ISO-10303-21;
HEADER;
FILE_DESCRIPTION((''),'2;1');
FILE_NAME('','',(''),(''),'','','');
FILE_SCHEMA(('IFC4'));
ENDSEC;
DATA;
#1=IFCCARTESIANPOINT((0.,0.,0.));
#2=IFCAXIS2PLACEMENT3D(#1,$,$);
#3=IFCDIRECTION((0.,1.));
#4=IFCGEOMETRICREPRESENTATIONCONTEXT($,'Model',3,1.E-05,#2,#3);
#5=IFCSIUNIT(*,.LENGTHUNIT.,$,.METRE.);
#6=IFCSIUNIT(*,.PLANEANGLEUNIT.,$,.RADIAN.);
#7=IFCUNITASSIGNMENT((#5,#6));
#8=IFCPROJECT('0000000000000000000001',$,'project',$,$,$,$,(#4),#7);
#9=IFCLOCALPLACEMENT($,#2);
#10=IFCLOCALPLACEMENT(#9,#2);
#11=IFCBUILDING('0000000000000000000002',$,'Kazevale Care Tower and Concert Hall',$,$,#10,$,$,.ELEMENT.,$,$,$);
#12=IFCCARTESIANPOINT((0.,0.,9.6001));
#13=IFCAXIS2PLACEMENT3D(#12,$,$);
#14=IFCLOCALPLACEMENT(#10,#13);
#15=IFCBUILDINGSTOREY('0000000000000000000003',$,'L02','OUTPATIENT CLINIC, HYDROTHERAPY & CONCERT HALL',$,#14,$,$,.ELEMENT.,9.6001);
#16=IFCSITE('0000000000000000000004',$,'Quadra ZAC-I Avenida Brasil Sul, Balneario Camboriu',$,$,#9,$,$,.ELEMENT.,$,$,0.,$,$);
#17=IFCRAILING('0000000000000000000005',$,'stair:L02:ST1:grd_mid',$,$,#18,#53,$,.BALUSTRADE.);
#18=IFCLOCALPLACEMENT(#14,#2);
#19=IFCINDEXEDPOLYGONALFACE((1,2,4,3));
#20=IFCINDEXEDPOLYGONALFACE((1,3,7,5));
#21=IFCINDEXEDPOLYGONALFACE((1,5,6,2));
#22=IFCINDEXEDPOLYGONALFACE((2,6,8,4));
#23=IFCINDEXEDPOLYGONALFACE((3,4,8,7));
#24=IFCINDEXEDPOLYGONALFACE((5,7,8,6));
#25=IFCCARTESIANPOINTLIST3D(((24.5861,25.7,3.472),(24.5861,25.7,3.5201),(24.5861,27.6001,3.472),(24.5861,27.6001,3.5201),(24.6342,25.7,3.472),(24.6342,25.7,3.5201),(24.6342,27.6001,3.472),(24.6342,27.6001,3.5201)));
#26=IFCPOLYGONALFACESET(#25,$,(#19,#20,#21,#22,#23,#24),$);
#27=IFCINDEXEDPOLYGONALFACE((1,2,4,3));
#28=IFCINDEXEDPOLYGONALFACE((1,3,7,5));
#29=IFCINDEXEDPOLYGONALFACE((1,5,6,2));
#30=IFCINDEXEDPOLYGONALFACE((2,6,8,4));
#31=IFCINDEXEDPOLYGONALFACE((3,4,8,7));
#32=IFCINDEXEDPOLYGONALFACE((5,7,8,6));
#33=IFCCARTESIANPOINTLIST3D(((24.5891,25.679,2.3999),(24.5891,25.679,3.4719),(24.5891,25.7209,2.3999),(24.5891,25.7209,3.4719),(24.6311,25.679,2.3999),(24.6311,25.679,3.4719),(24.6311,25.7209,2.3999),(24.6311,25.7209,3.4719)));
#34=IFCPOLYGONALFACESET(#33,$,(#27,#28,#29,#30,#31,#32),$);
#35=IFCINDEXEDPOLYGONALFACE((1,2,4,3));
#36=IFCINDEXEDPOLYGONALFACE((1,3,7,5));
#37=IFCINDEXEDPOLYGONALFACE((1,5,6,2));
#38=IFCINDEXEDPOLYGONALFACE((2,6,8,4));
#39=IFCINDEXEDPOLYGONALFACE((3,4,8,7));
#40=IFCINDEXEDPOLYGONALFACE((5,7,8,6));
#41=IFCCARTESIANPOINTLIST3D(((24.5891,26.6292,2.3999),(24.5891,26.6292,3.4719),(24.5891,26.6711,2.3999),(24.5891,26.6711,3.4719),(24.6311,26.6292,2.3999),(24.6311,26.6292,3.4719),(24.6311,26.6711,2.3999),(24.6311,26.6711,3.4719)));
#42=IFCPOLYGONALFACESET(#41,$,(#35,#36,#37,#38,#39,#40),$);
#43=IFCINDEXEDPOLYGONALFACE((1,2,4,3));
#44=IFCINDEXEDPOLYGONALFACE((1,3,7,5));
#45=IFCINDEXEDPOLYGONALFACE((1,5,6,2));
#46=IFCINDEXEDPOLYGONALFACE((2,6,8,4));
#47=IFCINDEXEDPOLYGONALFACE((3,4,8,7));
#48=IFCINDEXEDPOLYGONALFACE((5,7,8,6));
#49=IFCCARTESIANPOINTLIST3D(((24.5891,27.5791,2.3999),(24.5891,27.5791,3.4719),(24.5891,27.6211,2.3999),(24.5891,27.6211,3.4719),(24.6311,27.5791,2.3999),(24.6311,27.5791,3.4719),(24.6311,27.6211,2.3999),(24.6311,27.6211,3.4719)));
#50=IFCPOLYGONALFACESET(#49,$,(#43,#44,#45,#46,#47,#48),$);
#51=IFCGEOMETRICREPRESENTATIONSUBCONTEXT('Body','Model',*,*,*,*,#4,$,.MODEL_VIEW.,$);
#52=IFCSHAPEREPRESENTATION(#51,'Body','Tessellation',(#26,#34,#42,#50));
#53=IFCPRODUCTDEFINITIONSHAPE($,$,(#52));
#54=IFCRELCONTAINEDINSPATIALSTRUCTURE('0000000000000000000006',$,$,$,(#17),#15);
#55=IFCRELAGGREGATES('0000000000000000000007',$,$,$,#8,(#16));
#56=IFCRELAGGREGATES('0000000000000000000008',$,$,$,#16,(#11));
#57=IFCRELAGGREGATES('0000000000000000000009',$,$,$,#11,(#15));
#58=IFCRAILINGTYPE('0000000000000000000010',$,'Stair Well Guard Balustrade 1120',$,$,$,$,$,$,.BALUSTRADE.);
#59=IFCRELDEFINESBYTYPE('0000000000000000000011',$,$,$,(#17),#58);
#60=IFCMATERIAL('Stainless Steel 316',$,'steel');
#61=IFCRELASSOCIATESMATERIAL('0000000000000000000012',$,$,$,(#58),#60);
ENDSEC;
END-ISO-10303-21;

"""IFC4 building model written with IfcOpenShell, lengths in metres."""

from ifc_helpers import new_model, si_unit, direction, frame, origin, origin_2d, place, context, subcontext, project, spatial, rectangle, extrude, material, type_object, element, save


model = new_model("IFC4")

# Units and contexts
model_context = context("Model", 3, precision=1e-05, world=origin(), true_north=direction((0.0, 1.0)))
body_context = subcontext(model_context, "Body", "Model", "MODEL_VIEW")
ifc_project = project(units=[si_unit("LENGTHUNIT", "METRE"), si_unit("PLANEANGLEUNIT", "RADIAN")], contexts=[model_context])

# Site, building, storey
site_placement = place(None, origin())
site = spatial("IfcSite", under=ifc_project, at=site_placement, Name="Quadra ZAC-I Avenida Brasil Sul, Balneario Camboriu", CompositionType="ELEMENT", RefElevation=0.0)
building_placement = place(site_placement, origin())
building = spatial("IfcBuilding", under=site, at=building_placement, Name="Kazevale Care Tower and Concert Hall", CompositionType="ELEMENT")
storey_placement = place(building_placement, frame((0.0, 0.0, 9.6001)))
storey = spatial("IfcBuildingStorey", under=building, at=storey_placement, Name="L02", Description="OUTPATIENT CLINIC, HYDROTHERAPY & CONCERT HALL", CompositionType="ELEMENT", Elevation=9.6001)

# Railing
ifc_material_1 = material(Name="Stainless Steel 316", Category="steel")
railing_type_1 = type_object("IfcRailingType", Name="Stair Well Guard Balustrade 1120", PredefinedType="BALUSTRADE", material=ifc_material_1)
railing_1_placement = place(storey_placement, frame((24.6101, 25.7, 2.3999)))
element("IfcRailing", 1, at=railing_1_placement, inside=storey, type_object=railing_type_1, Name="stair:L02:ST1:grd_mid", PredefinedType="BALUSTRADE", context=body_context, shape_type="SweptSolid", body=[
    extrude(rectangle(XDim=0.0481, YDim=0.0481, at=origin_2d()), frame((0.0, 0.0, 1.0962), z_axis=(0.0, 1.0, 0.0), x_axis=(-1.0, 0.0, 0.0)), (0.0, 0.0, 1.0), 1.9001),
    extrude(rectangle(XDim=0.042, YDim=0.042, at=origin_2d()), origin(), (0.0, 0.0, 1.0), 1.072),
    extrude(rectangle(XDim=0.042, YDim=0.042, at=origin_2d()), frame((0.0, 0.9502, 0.0)), (0.0, 0.0, 1.0), 1.072),
    extrude(rectangle(XDim=0.042, YDim=0.042, at=origin_2d()), frame((0.0, 1.9001, 0.0)), (0.0, 0.0, 1.0), 1.072),
])

save(model, "model.ifc")
